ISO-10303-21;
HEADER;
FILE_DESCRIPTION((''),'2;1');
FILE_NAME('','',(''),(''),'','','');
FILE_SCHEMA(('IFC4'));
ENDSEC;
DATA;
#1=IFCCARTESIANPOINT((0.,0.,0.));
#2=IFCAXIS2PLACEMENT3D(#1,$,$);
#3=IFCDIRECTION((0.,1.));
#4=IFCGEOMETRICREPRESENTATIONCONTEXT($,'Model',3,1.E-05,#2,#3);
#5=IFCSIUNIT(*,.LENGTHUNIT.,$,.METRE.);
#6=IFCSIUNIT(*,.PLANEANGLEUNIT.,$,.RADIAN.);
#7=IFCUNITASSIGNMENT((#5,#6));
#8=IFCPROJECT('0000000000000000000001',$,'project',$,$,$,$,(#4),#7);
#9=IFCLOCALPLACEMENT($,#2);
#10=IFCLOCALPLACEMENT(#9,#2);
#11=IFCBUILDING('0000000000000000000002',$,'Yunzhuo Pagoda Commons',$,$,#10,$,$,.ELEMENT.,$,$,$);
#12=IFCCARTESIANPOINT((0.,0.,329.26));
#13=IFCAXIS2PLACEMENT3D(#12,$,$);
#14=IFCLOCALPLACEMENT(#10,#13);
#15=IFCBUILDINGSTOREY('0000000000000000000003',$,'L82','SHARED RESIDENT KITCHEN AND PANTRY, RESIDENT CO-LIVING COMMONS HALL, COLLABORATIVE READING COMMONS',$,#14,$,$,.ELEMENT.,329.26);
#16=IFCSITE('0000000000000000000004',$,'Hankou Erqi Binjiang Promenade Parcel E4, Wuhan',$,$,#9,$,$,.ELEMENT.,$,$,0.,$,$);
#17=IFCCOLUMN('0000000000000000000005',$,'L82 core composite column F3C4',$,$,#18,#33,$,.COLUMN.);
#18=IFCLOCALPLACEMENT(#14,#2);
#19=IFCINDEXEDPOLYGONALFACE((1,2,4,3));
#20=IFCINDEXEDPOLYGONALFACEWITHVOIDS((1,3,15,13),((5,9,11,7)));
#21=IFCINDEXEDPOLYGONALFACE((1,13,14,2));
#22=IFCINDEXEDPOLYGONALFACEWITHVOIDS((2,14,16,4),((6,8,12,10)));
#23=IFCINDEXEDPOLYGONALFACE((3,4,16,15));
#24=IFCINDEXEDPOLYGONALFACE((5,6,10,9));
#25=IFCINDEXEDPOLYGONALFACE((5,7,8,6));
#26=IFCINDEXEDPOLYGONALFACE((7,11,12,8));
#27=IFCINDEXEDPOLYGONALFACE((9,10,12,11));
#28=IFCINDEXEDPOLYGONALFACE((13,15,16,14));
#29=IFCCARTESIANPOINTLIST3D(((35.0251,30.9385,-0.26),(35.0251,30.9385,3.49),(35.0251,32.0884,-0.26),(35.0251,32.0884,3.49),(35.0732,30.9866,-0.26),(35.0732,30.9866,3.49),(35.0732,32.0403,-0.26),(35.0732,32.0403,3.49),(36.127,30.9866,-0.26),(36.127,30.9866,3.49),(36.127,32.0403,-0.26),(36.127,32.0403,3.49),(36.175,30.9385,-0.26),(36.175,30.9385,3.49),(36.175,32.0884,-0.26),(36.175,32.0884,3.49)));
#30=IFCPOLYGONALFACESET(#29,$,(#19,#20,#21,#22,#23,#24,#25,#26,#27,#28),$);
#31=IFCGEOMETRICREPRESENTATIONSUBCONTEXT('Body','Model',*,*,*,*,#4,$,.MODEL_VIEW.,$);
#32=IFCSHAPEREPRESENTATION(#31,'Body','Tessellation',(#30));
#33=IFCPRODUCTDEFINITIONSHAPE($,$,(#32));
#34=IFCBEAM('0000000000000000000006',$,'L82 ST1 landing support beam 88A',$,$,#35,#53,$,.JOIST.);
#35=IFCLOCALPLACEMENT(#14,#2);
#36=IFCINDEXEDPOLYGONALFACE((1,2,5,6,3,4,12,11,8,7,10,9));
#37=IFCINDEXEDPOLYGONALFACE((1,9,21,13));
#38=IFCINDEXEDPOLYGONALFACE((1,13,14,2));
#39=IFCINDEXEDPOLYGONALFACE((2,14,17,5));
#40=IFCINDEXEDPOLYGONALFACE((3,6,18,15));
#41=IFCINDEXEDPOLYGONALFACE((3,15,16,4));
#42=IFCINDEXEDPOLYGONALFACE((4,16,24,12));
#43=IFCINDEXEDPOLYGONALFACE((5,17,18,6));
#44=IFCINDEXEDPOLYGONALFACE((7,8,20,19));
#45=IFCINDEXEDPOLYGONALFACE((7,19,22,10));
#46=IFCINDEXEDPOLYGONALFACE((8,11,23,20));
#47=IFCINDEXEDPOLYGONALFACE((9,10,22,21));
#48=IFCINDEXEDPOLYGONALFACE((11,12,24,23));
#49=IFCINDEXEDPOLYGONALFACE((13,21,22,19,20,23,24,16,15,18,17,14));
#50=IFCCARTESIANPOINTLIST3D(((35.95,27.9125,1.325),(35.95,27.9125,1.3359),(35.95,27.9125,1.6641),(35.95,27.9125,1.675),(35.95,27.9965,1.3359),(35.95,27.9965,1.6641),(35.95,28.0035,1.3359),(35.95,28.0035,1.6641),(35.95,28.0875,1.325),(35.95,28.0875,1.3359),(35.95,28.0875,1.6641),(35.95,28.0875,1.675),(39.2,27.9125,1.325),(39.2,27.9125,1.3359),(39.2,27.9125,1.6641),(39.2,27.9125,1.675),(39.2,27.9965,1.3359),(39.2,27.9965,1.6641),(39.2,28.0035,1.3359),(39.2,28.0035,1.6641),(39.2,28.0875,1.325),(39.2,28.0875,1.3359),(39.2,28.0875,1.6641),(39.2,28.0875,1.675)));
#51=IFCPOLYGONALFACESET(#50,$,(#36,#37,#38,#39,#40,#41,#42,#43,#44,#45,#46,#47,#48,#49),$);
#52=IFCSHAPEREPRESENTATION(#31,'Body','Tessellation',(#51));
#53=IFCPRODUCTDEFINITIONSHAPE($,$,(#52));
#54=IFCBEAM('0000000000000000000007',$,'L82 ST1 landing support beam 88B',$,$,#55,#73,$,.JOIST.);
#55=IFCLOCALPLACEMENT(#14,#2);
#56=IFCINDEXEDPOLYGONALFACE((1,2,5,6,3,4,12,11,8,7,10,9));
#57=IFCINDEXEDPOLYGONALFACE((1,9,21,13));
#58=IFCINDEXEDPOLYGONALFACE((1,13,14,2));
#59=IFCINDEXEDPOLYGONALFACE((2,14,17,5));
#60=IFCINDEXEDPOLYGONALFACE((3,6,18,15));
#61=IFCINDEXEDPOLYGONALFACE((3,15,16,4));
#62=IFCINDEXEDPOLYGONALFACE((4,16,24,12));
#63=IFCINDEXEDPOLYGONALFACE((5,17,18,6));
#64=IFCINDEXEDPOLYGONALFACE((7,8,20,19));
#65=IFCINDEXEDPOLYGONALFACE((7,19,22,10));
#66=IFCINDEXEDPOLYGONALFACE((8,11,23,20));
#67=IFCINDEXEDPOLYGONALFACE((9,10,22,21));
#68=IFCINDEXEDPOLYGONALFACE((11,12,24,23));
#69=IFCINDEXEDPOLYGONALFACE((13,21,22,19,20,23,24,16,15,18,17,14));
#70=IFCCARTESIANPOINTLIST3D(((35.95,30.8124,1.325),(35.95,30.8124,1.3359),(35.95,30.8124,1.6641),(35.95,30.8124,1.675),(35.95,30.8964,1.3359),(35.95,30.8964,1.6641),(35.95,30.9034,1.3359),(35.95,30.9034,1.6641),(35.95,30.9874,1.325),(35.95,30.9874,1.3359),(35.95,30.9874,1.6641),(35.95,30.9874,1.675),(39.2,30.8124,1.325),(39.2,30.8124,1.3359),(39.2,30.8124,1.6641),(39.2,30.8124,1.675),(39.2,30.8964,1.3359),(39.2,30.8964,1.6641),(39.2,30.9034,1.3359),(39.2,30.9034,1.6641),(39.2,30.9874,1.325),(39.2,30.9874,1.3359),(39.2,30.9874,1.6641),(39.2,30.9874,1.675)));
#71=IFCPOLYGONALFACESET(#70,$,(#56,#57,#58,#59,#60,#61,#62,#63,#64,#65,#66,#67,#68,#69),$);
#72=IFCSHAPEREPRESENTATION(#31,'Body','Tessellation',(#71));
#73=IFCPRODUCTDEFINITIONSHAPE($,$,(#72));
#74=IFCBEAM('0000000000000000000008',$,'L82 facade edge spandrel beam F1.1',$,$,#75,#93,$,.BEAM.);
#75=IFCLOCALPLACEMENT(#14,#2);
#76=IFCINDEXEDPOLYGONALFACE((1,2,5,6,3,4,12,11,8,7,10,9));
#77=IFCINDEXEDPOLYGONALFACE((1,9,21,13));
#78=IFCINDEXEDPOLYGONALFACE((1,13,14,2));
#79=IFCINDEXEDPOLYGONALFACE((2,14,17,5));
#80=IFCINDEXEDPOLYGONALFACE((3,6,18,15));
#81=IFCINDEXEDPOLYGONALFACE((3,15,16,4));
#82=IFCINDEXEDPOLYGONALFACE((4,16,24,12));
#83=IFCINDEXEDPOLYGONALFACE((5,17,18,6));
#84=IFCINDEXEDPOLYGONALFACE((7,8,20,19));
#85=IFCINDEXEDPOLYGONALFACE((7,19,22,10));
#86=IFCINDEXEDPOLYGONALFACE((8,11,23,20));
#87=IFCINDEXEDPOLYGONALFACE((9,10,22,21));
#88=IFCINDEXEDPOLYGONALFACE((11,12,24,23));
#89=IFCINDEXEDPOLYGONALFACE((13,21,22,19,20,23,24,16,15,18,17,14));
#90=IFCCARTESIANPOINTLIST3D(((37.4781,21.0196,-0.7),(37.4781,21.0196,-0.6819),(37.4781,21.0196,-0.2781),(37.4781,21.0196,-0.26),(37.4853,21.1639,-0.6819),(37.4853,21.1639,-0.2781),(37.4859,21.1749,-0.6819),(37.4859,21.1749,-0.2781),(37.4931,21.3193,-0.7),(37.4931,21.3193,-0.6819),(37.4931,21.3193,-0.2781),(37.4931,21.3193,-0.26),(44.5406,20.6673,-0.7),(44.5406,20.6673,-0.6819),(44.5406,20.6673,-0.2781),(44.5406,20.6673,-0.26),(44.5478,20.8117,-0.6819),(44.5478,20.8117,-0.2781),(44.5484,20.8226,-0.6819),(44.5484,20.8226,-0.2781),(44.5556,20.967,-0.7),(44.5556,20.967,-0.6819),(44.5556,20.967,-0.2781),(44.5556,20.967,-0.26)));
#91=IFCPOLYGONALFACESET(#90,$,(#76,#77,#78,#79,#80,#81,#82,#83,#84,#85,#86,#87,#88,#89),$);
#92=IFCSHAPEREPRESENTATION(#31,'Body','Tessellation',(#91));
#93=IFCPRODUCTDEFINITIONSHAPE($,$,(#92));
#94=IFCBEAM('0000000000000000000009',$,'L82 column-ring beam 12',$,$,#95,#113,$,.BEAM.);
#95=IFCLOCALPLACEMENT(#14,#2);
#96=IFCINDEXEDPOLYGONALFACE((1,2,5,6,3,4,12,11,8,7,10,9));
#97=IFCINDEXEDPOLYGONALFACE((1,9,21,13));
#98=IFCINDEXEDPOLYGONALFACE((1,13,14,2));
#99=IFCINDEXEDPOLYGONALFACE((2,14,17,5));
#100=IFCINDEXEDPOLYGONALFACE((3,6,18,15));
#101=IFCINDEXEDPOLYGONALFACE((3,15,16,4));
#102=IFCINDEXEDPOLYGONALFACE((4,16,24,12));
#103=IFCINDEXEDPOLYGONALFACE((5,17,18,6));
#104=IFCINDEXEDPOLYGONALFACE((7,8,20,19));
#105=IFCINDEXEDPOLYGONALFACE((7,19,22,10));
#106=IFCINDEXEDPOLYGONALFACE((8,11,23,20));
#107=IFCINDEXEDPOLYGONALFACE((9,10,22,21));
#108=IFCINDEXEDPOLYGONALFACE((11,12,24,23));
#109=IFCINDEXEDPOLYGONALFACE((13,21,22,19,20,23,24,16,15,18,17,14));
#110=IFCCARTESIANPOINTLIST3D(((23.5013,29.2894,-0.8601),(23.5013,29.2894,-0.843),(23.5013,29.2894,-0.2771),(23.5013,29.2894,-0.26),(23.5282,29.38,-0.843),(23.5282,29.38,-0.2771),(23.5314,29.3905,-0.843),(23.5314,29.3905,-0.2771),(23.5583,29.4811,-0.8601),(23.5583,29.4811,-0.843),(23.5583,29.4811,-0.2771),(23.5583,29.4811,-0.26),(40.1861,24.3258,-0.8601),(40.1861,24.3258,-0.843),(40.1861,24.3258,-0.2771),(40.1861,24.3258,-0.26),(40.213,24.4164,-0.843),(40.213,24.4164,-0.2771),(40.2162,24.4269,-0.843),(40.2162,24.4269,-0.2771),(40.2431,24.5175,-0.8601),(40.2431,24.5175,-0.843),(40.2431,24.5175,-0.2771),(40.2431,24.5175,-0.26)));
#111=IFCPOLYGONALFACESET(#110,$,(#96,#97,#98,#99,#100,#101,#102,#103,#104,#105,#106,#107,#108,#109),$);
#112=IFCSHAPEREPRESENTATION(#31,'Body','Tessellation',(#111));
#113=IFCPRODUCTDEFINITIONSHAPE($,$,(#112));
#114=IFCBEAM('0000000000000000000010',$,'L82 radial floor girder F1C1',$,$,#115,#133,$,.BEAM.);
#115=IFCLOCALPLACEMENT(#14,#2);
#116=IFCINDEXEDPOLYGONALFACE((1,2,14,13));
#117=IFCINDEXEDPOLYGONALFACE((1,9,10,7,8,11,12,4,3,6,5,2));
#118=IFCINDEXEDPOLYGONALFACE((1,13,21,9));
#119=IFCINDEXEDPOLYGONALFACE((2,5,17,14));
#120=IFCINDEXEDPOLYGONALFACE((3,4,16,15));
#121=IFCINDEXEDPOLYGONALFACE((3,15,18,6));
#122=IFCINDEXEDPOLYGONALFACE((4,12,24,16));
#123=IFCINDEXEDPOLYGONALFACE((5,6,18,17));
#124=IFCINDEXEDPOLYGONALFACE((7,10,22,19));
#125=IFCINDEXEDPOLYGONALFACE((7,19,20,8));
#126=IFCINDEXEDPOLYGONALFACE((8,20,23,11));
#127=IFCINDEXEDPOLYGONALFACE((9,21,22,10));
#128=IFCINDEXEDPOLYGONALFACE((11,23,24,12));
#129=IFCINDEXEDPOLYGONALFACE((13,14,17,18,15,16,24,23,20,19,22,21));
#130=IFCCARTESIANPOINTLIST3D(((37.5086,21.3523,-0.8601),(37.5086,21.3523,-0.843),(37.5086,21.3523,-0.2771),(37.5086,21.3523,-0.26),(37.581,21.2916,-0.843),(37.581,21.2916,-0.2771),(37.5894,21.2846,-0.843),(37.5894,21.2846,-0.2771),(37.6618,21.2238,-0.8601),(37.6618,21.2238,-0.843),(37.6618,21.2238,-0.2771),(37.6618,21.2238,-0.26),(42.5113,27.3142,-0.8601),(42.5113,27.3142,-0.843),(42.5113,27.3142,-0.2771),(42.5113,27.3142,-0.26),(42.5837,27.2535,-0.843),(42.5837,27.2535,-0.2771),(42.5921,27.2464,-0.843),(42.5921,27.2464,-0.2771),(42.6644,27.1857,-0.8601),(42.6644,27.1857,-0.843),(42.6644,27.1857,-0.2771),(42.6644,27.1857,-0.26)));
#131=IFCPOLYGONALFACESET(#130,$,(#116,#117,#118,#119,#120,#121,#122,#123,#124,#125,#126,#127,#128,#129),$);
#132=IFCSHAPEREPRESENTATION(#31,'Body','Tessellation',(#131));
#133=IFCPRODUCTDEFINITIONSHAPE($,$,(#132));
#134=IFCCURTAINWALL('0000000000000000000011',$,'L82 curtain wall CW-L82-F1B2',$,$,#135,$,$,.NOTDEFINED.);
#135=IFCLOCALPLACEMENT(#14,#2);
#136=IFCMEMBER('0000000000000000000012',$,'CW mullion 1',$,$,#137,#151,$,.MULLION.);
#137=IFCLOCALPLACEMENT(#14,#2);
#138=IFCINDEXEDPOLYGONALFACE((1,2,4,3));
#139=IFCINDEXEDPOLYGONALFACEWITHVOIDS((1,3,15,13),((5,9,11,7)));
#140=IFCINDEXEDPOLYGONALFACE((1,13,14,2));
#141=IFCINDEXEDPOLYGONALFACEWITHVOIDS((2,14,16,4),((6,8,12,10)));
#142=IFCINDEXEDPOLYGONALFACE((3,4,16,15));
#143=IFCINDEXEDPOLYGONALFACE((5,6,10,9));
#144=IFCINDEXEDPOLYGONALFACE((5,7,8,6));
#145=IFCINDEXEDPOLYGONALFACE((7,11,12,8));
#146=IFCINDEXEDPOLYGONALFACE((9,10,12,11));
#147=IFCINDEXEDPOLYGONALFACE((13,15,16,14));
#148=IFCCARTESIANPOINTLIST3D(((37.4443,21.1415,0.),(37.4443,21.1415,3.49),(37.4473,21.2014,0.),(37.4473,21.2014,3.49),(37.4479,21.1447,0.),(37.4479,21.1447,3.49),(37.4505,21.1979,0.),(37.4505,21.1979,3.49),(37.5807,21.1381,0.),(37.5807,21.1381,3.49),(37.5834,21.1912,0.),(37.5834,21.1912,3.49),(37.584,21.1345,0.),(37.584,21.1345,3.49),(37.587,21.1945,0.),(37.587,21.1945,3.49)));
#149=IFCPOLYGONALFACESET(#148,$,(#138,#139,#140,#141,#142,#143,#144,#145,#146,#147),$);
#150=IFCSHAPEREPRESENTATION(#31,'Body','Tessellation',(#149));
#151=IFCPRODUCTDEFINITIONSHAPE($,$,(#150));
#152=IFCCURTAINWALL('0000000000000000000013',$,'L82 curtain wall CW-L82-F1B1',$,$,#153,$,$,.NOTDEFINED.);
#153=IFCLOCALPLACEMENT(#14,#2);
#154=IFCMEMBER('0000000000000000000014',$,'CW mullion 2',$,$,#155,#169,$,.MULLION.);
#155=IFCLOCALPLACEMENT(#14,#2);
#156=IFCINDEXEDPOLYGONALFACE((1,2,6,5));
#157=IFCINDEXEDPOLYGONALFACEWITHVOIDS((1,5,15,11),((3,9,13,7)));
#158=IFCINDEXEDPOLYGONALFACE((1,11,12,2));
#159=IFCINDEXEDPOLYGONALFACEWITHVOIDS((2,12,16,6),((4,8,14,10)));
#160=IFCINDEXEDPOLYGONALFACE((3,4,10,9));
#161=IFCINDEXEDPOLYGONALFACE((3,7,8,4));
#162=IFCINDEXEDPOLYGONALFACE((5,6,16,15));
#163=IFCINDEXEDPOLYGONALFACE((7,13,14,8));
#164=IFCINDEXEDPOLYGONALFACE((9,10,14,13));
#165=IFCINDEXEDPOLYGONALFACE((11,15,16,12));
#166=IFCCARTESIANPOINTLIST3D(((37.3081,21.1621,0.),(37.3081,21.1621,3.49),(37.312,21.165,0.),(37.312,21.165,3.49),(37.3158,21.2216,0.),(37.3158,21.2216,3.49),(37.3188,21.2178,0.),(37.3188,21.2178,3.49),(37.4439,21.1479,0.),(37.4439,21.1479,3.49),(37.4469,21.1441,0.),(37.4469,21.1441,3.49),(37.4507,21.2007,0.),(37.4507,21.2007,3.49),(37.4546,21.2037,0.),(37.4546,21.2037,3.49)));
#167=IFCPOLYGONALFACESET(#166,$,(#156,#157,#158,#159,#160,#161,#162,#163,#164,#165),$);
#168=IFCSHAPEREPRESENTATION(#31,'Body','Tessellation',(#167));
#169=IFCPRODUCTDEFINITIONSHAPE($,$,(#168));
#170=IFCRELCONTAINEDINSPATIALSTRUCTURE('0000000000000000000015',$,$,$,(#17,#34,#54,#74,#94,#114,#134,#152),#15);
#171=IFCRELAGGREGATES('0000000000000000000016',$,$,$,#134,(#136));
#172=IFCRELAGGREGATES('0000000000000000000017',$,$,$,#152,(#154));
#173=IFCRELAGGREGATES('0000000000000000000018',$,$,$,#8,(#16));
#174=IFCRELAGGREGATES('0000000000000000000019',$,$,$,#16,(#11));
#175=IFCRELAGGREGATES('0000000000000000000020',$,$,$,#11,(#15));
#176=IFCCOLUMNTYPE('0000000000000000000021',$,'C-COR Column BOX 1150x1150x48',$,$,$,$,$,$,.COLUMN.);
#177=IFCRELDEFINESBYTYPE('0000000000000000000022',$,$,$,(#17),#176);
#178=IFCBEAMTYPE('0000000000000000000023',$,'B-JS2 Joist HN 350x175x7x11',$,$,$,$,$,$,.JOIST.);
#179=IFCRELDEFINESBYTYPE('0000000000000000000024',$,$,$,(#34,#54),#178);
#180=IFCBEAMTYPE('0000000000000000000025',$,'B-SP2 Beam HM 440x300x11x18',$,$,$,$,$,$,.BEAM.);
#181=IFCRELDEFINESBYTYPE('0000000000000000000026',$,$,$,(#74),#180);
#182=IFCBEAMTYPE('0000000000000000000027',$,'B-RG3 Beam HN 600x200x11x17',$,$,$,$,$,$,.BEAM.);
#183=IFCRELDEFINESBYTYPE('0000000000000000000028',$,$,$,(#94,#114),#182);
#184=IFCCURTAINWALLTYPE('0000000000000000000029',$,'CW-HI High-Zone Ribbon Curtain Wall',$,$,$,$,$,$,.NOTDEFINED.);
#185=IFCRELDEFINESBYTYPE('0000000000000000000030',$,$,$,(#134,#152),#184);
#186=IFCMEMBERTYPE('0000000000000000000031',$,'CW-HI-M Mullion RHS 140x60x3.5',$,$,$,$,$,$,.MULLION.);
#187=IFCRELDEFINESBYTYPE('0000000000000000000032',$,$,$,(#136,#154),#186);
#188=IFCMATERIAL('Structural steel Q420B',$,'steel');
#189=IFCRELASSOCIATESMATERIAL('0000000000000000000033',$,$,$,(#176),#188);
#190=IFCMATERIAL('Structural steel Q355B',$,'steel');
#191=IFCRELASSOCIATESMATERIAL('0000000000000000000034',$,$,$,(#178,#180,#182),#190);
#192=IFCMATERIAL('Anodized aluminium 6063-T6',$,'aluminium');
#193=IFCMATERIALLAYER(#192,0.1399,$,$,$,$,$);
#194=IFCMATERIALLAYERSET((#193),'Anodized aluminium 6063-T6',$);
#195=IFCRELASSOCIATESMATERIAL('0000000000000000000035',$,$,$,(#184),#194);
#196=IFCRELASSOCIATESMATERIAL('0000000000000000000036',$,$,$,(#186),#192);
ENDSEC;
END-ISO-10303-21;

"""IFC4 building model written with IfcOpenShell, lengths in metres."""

from ifc_helpers import new_model, si_unit, direction, frame, origin, origin_2d, place, context, subcontext, project, spatial, hollow_rectangle, i_section, extrude, source, transform, mapped, material, layer, layer_set, material_profile, profile_set, type_object, element, aggregate, save


model = new_model("IFC4")

# Units and contexts
model_context = context("Model", 3, precision=1e-05, world=origin(), true_north=direction((0.0, 1.0)))
body_context = subcontext(model_context, "Body", "Model", "MODEL_VIEW")
ifc_project = project(units=[si_unit("LENGTHUNIT", "METRE"), si_unit("PLANEANGLEUNIT", "RADIAN")], contexts=[model_context])

# Site, building, storey
site_placement = place(None, origin())
site = spatial("IfcSite", under=ifc_project, at=site_placement, Name="Hankou Erqi Binjiang Promenade Parcel E4, Wuhan", CompositionType="ELEMENT", RefElevation=0.0)
building_placement = place(site_placement, origin())
building = spatial("IfcBuilding", under=site, at=building_placement, Name="Yunzhuo Pagoda Commons", CompositionType="ELEMENT")
storey_placement = place(building_placement, frame((0.0, 0.0, 329.26)))
storey = spatial("IfcBuildingStorey", under=building, at=storey_placement, Name="L82", Description="SHARED RESIDENT KITCHEN AND PANTRY, RESIDENT CO-LIVING COMMONS HALL, COLLABORATIVE READING COMMONS", CompositionType="ELEMENT", Elevation=329.26)

# Column
ifc_material_1 = material(Name="Structural steel Q420B", Category="steel")
ifc_material_profile_1 = material_profile(ifc_material_1, hollow_rectangle(XDim=1.1499, YDim=1.1499, WallThickness=0.0481, at=origin_2d()), Name="Structural steel Q420B")
ifc_profile_set_1 = profile_set([ifc_material_profile_1], Name="Structural steel Q420B")
column_type = type_object("IfcColumnType", Name="C-COR Column BOX 1150x1150x48", PredefinedType="COLUMN", material=ifc_profile_set_1)
shared_shape_1 = source(origin(), body_context, "Body", "SweptSolid", [
    extrude(hollow_rectangle(XDim=1.1499, YDim=1.1499, WallThickness=0.0481, at=origin_2d()), origin(), (0.0, 0.0, 1.0), 3.75),
])
column_placement = place(storey_placement, frame((35.6001, 31.5134, -0.26), z_axis=(0.0, 0.0, 1.0), x_axis=(1.0, 0.0, 0.0)))
element("IfcColumn", 1, at=column_placement, inside=storey, type_object=column_type, Name="L82 core composite column F3C4", PredefinedType="COLUMN", context=body_context, shape_type="MappedRepresentation", body=[
    mapped(shared_shape_1, transform((0.0, 0.0, 0.0), scale=1.0)),
])

# Beams
ifc_material_2 = material(Name="Structural steel Q355B", Category="steel")
ifc_material_profile_2 = material_profile(ifc_material_2, i_section(OverallWidth=0.175, OverallDepth=0.3501, WebThickness=0.0071, FlangeThickness=0.011, at=origin_2d()), Name="Structural steel Q355B")
ifc_profile_set_2 = profile_set([ifc_material_profile_2], Name="Structural steel Q355B")
beam_type_1 = type_object("IfcBeamType", Name="B-JS2 Joist HN 350x175x7x11", PredefinedType="JOIST", material=ifc_profile_set_2)
shared_shape_2 = source(origin(), body_context, "Body", "SweptSolid", [
    extrude(i_section(OverallWidth=0.175, OverallDepth=0.3501, WebThickness=0.0071, FlangeThickness=0.011, at=origin_2d()), origin(), (0.0, 0.0, 1.0), 3.25),
])
for number, where, z_axis, x_axis, name in (
    (2, (35.95, 28.0, 1.5), (1.0, 0.0, 0.0), (0.0, 1.0, 0.0), "L82 ST1 landing support beam 88A"),
    (3, (35.95, 30.8999, 1.5), (1.0, 0.0, 0.0), (0.0, 1.0, 0.0), "L82 ST1 landing support beam 88B"),
):
    element("IfcBeam", number, at=place(storey_placement, frame(where, z_axis=z_axis, x_axis=x_axis)), inside=storey, type_object=beam_type_1, Name=name, PredefinedType="JOIST", context=body_context, shape_type="MappedRepresentation", body=[
        mapped(shared_shape_2, transform((0.0, 0.0, 0.0), scale=1.0)),
    ])
ifc_material_profile_3 = material_profile(ifc_material_2, i_section(OverallWidth=0.3, OverallDepth=0.4399, WebThickness=0.011, FlangeThickness=0.0181, at=origin_2d()), Name="Structural steel Q355B")
ifc_profile_set_3 = profile_set([ifc_material_profile_3], Name="Structural steel Q355B")
beam_type_2 = type_object("IfcBeamType", Name="B-SP2 Beam HM 440x300x11x18", PredefinedType="BEAM", material=ifc_profile_set_3)
shared_shape_3 = source(origin(), body_context, "Body", "SweptSolid", [
    extrude(i_section(OverallWidth=0.3, OverallDepth=0.4399, WebThickness=0.011, FlangeThickness=0.0181, at=origin_2d()), origin(), (0.0, 0.0, 1.0), 7.0713),
])
beam_1_placement = place(storey_placement, frame((37.4856, 21.1694, -0.48), z_axis=(0.998758, -0.049821, 0.0), x_axis=(0.049821, 0.998758, 0.0)))
element("IfcBeam", 4, at=beam_1_placement, inside=storey, type_object=beam_type_2, Name="L82 facade edge spandrel beam F1.1", PredefinedType="BEAM", context=body_context, shape_type="MappedRepresentation", body=[
    mapped(shared_shape_3, transform((0.0, 0.0, 0.0), scale=1.0)),
])
ifc_material_profile_4 = material_profile(ifc_material_2, i_section(OverallWidth=0.2, OverallDepth=0.6001, WebThickness=0.011, FlangeThickness=0.0171, at=origin_2d()), Name="Structural steel Q355B")
ifc_profile_set_4 = profile_set([ifc_material_profile_4], Name="Structural steel Q355B")
beam_type_3 = type_object("IfcBeamType", Name="B-RG3 Beam HN 600x200x11x17", PredefinedType="BEAM", material=ifc_profile_set_4)
shared_shape_4 = source(origin(), body_context, "Body", "SweptSolid", [
    extrude(i_section(OverallWidth=0.2, OverallDepth=0.6001, WebThickness=0.011, FlangeThickness=0.0171, at=origin_2d()), origin(), (0.0, 0.0, 1.0), 17.4075),
])
beam_2_placement = place(storey_placement, frame((23.5298, 29.3853, -0.5601), z_axis=(0.958485, -0.285143, 0.0), x_axis=(0.285143, 0.958485, 0.0)))
element("IfcBeam", 5, at=beam_2_placement, inside=storey, type_object=beam_type_3, Name="L82 column-ring beam 12", PredefinedType="BEAM", context=body_context, shape_type="MappedRepresentation", body=[
    mapped(shared_shape_4, transform((0.0, 0.0, 0.0), scale=1.0)),
])
shared_shape_5 = source(origin(), body_context, "Body", "SweptSolid", [
    extrude(i_section(OverallWidth=0.2, OverallDepth=0.6001, WebThickness=0.011, FlangeThickness=0.0171, at=origin_2d()), origin(), (0.0, 0.0, 1.0), 7.7827),
])
beam_3_placement = place(storey_placement, frame((37.5852, 21.2881, -0.5601), z_axis=(0.642791, 0.766042, 0.0), x_axis=(-0.766042, 0.642791, 0.0)))
element("IfcBeam", 6, at=beam_3_placement, inside=storey, type_object=beam_type_3, Name="L82 radial floor girder F1C1", PredefinedType="BEAM", context=body_context, shape_type="MappedRepresentation", body=[
    mapped(shared_shape_5, transform((0.0, 0.0, 0.0), scale=1.0)),
])

# Curtain walls, members
ifc_material_3 = material(Name="Anodized aluminium 6063-T6", Category="aluminium")
ifc_layer_1 = layer(ifc_material_3, 0.1399)
ifc_layer_set_1 = layer_set([ifc_layer_1], Name="Anodized aluminium 6063-T6")
curtain_wall_type = type_object("IfcCurtainWallType", Name="CW-HI High-Zone Ribbon Curtain Wall", PredefinedType="NOTDEFINED", material=ifc_layer_set_1)
curtain_wall_1_placement = place(storey_placement, origin())
curtain_wall_1 = element("IfcCurtainWall", 7, at=curtain_wall_1_placement, inside=storey, type_object=curtain_wall_type, Name="L82 curtain wall CW-L82-F1B2", PredefinedType="NOTDEFINED")
ifc_material_profile_5 = material_profile(ifc_material_3, hollow_rectangle(XDim=0.0601, YDim=0.1399, WallThickness=0.0034, at=origin_2d()), Name="Anodized aluminium 6063-T6")
ifc_profile_set_5 = profile_set([ifc_material_profile_5], Name="Anodized aluminium 6063-T6")
member_type_1 = type_object("IfcMemberType", Name="CW-HI-M Mullion RHS 140x60x3.5", PredefinedType="MULLION", material=ifc_profile_set_5)
shared_shape_6 = source(origin(), body_context, "Body", "SweptSolid", [
    extrude(hollow_rectangle(XDim=0.0601, YDim=0.1399, WallThickness=0.0034, at=origin_2d()), origin(), (0.0, 0.0, 1.0), 3.49),
])
member_1_placement = place(storey_placement, frame((37.5156, 21.168, 0.0), z_axis=(0.0, 0.0, 1.0), x_axis=(0.04985, 0.998757, 0.0)))
member_1 = element("IfcMember", 8, at=member_1_placement, type_object=member_type_1, Name="CW mullion 1", PredefinedType="MULLION", context=body_context, shape_type="MappedRepresentation", body=[
    mapped(shared_shape_6, transform((0.0, 0.0, 0.0), scale=1.0)),
])
curtain_wall_2_placement = place(storey_placement, origin())
curtain_wall_2 = element("IfcCurtainWall", 9, at=curtain_wall_2_placement, inside=storey, type_object=curtain_wall_type, Name="L82 curtain wall CW-L82-F1B1", PredefinedType="NOTDEFINED")
member_2_placement = place(storey_placement, frame((37.3813, 21.1829, 0.0), z_axis=(0.0, 0.0, 1.0), x_axis=(0.128276, 0.991739, 0.0)))
member_2 = element("IfcMember", 10, at=member_2_placement, type_object=member_type_1, Name="CW mullion 2", PredefinedType="MULLION", context=body_context, shape_type="MappedRepresentation", body=[
    mapped(shared_shape_6, transform((0.0, 0.0, 0.0), scale=1.0)),
])

aggregate(curtain_wall_1, [member_1])

aggregate(curtain_wall_2, [member_2])

save(model, "model.ifc")
